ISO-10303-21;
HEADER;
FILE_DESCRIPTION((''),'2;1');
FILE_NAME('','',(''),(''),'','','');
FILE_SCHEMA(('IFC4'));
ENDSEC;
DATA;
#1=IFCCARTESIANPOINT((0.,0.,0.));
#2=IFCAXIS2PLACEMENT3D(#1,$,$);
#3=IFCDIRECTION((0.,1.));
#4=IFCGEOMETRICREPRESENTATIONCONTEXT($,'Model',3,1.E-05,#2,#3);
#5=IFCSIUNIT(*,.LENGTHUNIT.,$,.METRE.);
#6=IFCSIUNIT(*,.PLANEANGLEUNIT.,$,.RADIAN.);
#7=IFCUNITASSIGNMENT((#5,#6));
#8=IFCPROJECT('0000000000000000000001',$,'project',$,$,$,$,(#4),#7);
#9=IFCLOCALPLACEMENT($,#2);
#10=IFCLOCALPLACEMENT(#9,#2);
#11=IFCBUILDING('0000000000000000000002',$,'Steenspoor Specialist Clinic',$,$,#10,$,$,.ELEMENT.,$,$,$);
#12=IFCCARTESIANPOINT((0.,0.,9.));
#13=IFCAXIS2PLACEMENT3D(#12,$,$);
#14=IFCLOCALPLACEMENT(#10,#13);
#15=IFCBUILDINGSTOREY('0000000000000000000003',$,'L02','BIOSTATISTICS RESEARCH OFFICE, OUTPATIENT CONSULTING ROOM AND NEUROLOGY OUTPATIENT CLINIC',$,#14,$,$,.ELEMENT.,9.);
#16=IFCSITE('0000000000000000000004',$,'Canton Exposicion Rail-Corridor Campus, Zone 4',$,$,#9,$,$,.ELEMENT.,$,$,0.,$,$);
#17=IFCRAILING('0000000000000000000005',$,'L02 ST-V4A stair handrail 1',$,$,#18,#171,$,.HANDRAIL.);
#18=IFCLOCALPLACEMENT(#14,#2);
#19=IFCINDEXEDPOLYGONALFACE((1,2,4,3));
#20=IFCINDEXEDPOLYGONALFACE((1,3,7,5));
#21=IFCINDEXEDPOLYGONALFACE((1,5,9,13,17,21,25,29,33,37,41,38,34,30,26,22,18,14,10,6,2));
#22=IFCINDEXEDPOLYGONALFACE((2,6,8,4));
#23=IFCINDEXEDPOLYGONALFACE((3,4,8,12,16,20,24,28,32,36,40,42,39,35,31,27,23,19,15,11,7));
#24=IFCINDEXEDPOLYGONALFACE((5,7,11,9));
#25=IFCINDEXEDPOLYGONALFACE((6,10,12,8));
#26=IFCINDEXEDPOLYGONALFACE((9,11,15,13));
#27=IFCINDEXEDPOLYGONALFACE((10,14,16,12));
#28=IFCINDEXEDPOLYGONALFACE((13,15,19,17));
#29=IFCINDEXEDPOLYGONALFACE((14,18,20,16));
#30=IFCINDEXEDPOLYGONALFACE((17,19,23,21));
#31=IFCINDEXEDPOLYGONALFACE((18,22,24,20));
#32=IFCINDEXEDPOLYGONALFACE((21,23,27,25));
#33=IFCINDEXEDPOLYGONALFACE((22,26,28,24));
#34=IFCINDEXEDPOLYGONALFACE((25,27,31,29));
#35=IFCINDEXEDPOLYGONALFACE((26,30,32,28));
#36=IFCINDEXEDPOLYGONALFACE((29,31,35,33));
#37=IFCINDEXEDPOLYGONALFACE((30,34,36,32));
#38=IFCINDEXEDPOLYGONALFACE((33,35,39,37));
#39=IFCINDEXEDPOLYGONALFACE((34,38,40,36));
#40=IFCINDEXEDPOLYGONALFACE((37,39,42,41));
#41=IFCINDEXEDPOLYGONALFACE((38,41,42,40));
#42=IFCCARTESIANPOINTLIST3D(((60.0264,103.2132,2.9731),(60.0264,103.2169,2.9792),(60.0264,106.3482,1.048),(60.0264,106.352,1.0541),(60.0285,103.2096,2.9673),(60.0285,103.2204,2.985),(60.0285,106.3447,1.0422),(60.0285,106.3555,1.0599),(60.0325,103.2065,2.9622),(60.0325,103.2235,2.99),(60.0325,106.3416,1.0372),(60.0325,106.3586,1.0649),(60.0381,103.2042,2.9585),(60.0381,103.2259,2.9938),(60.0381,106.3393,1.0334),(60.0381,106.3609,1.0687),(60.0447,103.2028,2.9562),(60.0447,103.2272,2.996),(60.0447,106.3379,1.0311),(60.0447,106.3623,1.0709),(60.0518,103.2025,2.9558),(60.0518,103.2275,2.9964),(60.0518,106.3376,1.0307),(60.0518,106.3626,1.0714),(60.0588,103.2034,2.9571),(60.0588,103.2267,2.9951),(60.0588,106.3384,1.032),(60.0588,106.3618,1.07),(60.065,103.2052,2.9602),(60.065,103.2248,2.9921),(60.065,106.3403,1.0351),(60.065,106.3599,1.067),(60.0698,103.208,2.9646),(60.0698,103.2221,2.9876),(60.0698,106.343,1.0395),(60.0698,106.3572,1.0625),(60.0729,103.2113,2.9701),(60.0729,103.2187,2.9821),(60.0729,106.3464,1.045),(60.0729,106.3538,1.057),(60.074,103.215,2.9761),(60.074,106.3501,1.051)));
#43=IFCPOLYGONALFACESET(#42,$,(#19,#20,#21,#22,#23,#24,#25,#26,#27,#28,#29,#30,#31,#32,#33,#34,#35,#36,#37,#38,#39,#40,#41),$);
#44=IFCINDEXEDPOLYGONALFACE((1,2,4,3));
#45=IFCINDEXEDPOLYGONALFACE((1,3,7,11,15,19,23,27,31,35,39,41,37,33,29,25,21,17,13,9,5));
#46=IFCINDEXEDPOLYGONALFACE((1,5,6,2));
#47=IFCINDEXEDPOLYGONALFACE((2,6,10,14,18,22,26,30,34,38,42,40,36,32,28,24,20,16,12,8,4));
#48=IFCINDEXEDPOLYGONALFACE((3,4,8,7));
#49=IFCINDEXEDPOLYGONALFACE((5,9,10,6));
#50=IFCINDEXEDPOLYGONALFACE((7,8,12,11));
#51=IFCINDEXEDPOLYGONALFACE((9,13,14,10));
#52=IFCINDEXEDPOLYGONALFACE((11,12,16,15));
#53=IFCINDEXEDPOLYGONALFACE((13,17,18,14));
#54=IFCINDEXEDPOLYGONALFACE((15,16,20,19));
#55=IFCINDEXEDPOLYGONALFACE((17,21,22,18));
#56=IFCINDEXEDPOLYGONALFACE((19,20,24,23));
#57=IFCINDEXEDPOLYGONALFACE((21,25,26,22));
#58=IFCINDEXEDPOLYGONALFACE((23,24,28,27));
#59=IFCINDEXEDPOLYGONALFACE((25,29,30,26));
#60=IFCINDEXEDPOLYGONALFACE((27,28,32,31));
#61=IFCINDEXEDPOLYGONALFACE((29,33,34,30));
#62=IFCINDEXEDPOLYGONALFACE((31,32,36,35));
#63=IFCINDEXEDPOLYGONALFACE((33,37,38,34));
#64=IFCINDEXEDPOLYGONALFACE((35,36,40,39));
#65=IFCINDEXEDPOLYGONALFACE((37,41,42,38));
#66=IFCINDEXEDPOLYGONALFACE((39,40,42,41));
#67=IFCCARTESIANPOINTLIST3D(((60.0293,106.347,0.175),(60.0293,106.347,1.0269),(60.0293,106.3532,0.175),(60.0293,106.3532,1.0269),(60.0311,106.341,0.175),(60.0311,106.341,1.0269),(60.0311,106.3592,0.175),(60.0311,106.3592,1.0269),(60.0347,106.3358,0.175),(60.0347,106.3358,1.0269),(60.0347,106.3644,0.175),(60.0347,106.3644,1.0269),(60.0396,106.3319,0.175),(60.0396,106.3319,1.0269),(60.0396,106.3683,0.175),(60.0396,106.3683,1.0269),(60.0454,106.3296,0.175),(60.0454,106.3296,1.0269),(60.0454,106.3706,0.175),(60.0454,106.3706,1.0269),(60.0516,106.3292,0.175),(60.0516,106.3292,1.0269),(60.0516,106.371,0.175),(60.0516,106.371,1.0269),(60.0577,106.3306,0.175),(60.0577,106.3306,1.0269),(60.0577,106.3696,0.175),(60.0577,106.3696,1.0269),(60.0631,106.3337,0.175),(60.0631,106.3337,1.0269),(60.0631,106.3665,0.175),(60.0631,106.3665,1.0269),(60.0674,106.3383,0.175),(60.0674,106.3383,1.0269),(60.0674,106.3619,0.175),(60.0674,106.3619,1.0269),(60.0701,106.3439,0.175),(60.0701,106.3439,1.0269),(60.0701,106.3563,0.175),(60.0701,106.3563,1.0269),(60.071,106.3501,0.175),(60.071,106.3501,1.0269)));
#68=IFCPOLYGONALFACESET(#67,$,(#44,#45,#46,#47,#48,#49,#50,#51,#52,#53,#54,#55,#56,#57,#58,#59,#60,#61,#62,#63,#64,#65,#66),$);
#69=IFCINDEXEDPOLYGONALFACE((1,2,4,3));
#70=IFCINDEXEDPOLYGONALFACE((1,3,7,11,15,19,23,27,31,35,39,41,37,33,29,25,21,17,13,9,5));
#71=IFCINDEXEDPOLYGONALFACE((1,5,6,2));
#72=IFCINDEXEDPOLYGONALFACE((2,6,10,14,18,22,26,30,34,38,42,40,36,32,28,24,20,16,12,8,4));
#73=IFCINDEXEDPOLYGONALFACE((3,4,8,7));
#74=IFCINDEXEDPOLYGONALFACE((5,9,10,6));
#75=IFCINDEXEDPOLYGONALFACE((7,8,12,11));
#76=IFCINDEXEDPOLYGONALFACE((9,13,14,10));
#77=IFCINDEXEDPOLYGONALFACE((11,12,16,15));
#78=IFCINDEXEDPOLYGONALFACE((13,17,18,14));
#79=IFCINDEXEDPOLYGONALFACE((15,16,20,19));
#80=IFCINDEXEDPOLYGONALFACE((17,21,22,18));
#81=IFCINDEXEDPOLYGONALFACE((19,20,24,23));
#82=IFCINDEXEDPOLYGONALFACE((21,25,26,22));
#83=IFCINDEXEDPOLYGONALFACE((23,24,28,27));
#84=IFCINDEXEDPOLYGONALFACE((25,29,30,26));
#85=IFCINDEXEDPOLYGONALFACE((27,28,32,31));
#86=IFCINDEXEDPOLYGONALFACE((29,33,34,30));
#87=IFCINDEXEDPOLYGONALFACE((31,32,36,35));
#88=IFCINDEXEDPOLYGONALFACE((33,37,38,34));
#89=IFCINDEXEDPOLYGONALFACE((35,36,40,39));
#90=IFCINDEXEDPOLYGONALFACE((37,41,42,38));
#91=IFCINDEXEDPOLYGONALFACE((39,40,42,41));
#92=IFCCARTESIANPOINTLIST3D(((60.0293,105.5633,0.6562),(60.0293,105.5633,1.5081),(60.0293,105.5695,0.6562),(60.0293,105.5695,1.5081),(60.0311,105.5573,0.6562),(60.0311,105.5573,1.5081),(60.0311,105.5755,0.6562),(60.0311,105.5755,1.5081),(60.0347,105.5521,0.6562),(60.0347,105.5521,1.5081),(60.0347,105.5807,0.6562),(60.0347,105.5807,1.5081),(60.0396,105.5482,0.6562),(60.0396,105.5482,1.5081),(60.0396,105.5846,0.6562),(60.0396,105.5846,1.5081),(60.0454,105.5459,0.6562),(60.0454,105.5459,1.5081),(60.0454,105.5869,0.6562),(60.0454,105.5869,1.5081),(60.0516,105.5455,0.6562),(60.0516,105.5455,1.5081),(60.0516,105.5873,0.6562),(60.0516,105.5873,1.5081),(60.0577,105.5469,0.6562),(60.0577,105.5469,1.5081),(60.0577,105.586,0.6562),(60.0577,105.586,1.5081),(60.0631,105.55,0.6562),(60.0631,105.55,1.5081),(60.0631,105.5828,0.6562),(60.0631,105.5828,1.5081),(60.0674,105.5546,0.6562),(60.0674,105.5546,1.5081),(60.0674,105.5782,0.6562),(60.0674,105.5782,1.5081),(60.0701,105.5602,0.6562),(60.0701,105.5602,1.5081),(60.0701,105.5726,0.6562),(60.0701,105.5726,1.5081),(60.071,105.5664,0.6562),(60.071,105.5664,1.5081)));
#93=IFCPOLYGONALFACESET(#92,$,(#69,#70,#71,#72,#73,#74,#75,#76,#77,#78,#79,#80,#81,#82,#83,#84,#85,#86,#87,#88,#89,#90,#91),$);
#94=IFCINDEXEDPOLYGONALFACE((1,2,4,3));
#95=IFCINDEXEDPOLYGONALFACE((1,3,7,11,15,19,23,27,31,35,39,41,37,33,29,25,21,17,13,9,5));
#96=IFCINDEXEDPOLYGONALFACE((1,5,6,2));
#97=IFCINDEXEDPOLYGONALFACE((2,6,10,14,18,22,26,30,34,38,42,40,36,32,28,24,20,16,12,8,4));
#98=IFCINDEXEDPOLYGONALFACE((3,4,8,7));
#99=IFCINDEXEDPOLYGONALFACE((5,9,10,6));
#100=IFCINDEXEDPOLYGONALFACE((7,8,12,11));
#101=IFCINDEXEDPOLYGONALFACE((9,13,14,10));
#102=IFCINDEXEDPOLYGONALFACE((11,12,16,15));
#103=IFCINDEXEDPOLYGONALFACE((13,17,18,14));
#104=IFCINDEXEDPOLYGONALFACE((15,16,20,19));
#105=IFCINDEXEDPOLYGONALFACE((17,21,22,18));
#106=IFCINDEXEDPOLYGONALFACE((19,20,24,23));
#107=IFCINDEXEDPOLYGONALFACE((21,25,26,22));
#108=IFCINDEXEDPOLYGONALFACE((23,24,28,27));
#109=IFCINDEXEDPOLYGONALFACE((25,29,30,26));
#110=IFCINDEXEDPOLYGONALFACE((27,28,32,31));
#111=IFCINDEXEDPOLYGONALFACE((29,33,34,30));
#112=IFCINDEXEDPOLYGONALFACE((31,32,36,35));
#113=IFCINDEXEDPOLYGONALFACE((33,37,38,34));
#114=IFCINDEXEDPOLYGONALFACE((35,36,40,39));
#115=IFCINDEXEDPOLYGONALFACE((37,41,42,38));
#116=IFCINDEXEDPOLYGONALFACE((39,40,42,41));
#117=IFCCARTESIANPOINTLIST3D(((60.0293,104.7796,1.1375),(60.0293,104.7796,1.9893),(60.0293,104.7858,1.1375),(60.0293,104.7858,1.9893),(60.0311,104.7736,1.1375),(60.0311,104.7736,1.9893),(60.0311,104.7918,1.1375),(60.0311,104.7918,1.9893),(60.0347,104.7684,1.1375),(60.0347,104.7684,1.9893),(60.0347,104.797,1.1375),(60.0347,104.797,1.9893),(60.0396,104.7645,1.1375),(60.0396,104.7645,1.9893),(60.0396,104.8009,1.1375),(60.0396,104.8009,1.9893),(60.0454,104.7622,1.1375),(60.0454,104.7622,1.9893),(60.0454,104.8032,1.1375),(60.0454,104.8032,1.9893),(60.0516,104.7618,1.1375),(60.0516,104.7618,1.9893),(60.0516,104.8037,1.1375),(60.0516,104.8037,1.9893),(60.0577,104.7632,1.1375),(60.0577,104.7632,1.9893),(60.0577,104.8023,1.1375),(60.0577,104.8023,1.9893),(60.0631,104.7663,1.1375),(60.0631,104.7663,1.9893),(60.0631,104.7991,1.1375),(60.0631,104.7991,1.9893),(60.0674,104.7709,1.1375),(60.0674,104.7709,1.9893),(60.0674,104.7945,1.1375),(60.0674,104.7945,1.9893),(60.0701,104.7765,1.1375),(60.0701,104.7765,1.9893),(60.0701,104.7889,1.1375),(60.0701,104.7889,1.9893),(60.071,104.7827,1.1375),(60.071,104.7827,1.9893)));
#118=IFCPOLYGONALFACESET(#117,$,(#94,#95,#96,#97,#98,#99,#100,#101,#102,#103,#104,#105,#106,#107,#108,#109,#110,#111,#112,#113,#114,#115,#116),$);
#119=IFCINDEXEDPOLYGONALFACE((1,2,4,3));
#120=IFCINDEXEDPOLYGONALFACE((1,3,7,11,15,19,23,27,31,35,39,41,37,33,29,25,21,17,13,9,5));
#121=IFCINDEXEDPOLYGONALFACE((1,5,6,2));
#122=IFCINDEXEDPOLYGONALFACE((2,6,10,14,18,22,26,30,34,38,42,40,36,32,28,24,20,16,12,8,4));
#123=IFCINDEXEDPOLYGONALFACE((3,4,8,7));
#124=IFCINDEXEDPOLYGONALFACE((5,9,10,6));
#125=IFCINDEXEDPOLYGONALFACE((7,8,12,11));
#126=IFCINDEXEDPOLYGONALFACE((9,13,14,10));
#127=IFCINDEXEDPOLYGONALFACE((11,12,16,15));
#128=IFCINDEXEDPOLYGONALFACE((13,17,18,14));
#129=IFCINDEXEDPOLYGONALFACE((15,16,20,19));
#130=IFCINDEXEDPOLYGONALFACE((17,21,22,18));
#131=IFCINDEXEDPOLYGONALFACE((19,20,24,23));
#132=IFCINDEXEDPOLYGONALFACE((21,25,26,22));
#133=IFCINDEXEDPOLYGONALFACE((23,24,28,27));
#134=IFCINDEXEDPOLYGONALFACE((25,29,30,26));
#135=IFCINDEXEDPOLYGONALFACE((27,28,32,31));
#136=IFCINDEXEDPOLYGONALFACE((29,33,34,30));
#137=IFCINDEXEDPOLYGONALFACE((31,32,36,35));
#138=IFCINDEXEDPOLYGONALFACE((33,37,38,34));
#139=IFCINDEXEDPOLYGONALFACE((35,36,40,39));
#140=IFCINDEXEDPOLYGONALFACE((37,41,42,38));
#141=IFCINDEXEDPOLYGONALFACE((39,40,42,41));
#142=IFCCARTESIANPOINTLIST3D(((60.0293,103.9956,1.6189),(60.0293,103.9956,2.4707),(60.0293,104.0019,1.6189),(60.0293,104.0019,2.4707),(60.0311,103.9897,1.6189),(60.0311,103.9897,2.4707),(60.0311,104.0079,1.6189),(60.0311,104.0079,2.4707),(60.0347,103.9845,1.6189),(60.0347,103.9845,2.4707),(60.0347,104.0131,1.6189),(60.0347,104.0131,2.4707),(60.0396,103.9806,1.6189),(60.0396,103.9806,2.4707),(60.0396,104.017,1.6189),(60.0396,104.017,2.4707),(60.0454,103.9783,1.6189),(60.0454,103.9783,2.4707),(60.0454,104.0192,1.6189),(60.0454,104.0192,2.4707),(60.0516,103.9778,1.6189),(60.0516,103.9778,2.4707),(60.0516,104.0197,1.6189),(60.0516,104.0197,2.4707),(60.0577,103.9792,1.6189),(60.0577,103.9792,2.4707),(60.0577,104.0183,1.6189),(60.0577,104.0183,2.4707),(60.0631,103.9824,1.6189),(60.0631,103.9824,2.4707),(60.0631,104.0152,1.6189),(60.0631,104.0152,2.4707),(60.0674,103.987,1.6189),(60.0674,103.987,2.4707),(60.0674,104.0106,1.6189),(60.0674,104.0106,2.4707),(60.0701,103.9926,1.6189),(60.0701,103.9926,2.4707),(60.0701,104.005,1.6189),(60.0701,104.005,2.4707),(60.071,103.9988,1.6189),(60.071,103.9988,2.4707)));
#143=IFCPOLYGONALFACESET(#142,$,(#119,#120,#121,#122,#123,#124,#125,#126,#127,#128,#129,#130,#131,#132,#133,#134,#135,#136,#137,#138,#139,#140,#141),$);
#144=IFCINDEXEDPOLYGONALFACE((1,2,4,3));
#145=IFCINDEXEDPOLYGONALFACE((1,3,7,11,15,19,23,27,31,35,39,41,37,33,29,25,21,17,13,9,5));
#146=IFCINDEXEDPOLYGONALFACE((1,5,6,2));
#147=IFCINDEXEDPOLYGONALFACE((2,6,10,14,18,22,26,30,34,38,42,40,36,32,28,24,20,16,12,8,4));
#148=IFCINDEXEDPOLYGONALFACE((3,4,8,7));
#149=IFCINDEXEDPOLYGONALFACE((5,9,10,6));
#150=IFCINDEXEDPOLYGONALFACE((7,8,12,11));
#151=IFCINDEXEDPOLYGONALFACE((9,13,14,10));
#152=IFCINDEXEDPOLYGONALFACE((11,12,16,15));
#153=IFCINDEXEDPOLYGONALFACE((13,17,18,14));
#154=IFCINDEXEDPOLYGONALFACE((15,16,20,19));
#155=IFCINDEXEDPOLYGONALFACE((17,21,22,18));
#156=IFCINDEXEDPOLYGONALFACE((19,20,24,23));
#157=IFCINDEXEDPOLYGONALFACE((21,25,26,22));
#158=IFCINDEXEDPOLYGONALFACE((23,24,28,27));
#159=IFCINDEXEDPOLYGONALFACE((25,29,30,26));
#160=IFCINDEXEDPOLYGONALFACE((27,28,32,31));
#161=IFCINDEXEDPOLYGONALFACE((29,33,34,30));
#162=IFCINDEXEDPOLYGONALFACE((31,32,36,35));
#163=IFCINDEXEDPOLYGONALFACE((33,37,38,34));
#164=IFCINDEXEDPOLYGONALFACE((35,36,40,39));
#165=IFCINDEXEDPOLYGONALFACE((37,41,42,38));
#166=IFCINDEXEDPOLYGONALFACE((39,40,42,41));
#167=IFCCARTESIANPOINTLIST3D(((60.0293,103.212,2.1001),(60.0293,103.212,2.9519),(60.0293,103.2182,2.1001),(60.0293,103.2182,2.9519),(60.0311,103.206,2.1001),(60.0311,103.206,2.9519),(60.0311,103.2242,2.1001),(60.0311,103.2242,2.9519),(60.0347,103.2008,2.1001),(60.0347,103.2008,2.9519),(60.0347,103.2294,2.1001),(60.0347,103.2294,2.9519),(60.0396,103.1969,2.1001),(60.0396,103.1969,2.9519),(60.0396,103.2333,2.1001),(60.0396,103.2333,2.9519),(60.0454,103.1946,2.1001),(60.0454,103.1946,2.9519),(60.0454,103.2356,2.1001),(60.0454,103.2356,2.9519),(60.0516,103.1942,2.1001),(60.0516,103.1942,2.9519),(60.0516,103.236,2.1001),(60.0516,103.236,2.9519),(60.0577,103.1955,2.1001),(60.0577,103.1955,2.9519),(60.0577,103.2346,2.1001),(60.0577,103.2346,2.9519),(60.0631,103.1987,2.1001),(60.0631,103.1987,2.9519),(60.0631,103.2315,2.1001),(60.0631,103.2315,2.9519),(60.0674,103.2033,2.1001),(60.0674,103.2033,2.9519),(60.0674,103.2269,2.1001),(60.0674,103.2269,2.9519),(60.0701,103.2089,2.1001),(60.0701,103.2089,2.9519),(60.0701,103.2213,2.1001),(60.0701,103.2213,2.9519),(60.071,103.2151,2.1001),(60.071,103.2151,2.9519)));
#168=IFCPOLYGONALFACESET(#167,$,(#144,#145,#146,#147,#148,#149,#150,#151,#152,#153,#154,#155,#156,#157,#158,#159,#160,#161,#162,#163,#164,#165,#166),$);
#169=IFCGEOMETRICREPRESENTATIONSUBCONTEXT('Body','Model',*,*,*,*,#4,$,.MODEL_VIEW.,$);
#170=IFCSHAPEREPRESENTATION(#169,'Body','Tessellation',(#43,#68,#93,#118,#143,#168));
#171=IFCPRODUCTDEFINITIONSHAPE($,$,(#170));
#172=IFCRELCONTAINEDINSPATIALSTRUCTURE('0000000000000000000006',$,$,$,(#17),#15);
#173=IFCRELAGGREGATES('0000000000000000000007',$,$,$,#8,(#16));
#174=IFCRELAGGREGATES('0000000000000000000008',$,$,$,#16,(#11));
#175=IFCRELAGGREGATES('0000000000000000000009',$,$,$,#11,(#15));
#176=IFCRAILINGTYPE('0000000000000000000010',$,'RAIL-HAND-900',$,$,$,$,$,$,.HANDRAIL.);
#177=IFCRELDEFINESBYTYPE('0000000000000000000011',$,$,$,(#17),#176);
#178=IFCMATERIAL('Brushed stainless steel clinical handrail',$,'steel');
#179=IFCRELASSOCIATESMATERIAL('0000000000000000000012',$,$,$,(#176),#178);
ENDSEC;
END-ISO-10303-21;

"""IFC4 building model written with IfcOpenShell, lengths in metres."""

from ifc_helpers import new_model, si_unit, direction, frame, origin, origin_2d, place, context, subcontext, project, spatial, circle, extrude, material, type_object, element, save


model = new_model("IFC4")

# Units and contexts
model_context = context("Model", 3, precision=1e-05, world=origin(), true_north=direction((0.0, 1.0)))
body_context = subcontext(model_context, "Body", "Model", "MODEL_VIEW")
ifc_project = project(units=[si_unit("LENGTHUNIT", "METRE"), si_unit("PLANEANGLEUNIT", "RADIAN")], contexts=[model_context])

# Site, building, storey
site_placement = place(None, origin())
site = spatial("IfcSite", under=ifc_project, at=site_placement, Name="Canton Exposicion Rail-Corridor Campus, Zone 4", CompositionType="ELEMENT", RefElevation=0.0)
building_placement = place(site_placement, origin())
building = spatial("IfcBuilding", under=site, at=building_placement, Name="Steenspoor Specialist Clinic", CompositionType="ELEMENT")
storey_placement = place(building_placement, frame((0.0, 0.0, 9.0)))
storey = spatial("IfcBuildingStorey", under=building, at=storey_placement, Name="L02", Description="BIOSTATISTICS RESEARCH OFFICE, OUTPATIENT CONSULTING ROOM AND NEUROLOGY OUTPATIENT CLINIC", CompositionType="ELEMENT", Elevation=9.0)

# Railing
ifc_material_1 = material(Name="Brushed stainless steel clinical handrail", Category="steel")
railing_type_1 = type_object("IfcRailingType", Name="RAIL-HAND-900", PredefinedType="HANDRAIL", material=ifc_material_1)
railing_1_placement = place(storey_placement, frame((60.05, 106.3501, 0.175)))
element("IfcRailing", 1, at=railing_1_placement, inside=storey, type_object=railing_type_1, Name="L02 ST-V4A stair handrail 1", PredefinedType="HANDRAIL", context=body_context, shape_type="SweptSolid", body=[
    extrude(circle(Radius=0.0239, at=origin_2d()), frame((0.0, 0.0, 0.876), z_axis=(0.0, -0.852166, 0.523271), x_axis=(1.0, 0.0, 0.0)), (0.0, 0.0, 1.0), 3.679),
    extrude(circle(Radius=0.021, at=origin_2d()), origin(), (0.0, 0.0, 1.0), 0.8518),
    extrude(circle(Radius=0.021, at=origin_2d()), frame((0.0, -0.7837, 0.4812)), (0.0, 0.0, 1.0), 0.8518),
    extrude(circle(Radius=0.021, at=origin_2d()), frame((0.0, -1.5674, 0.9624)), (0.0, 0.0, 1.0), 0.8518),
    extrude(circle(Radius=0.021, at=origin_2d()), frame((0.0, -2.3513, 1.4438)), (0.0, 0.0, 1.0), 0.8518),
    extrude(circle(Radius=0.021, at=origin_2d()), frame((0.0, -3.135, 1.925)), (0.0, 0.0, 1.0), 0.8518),
])

save(model, "model.ifc")
